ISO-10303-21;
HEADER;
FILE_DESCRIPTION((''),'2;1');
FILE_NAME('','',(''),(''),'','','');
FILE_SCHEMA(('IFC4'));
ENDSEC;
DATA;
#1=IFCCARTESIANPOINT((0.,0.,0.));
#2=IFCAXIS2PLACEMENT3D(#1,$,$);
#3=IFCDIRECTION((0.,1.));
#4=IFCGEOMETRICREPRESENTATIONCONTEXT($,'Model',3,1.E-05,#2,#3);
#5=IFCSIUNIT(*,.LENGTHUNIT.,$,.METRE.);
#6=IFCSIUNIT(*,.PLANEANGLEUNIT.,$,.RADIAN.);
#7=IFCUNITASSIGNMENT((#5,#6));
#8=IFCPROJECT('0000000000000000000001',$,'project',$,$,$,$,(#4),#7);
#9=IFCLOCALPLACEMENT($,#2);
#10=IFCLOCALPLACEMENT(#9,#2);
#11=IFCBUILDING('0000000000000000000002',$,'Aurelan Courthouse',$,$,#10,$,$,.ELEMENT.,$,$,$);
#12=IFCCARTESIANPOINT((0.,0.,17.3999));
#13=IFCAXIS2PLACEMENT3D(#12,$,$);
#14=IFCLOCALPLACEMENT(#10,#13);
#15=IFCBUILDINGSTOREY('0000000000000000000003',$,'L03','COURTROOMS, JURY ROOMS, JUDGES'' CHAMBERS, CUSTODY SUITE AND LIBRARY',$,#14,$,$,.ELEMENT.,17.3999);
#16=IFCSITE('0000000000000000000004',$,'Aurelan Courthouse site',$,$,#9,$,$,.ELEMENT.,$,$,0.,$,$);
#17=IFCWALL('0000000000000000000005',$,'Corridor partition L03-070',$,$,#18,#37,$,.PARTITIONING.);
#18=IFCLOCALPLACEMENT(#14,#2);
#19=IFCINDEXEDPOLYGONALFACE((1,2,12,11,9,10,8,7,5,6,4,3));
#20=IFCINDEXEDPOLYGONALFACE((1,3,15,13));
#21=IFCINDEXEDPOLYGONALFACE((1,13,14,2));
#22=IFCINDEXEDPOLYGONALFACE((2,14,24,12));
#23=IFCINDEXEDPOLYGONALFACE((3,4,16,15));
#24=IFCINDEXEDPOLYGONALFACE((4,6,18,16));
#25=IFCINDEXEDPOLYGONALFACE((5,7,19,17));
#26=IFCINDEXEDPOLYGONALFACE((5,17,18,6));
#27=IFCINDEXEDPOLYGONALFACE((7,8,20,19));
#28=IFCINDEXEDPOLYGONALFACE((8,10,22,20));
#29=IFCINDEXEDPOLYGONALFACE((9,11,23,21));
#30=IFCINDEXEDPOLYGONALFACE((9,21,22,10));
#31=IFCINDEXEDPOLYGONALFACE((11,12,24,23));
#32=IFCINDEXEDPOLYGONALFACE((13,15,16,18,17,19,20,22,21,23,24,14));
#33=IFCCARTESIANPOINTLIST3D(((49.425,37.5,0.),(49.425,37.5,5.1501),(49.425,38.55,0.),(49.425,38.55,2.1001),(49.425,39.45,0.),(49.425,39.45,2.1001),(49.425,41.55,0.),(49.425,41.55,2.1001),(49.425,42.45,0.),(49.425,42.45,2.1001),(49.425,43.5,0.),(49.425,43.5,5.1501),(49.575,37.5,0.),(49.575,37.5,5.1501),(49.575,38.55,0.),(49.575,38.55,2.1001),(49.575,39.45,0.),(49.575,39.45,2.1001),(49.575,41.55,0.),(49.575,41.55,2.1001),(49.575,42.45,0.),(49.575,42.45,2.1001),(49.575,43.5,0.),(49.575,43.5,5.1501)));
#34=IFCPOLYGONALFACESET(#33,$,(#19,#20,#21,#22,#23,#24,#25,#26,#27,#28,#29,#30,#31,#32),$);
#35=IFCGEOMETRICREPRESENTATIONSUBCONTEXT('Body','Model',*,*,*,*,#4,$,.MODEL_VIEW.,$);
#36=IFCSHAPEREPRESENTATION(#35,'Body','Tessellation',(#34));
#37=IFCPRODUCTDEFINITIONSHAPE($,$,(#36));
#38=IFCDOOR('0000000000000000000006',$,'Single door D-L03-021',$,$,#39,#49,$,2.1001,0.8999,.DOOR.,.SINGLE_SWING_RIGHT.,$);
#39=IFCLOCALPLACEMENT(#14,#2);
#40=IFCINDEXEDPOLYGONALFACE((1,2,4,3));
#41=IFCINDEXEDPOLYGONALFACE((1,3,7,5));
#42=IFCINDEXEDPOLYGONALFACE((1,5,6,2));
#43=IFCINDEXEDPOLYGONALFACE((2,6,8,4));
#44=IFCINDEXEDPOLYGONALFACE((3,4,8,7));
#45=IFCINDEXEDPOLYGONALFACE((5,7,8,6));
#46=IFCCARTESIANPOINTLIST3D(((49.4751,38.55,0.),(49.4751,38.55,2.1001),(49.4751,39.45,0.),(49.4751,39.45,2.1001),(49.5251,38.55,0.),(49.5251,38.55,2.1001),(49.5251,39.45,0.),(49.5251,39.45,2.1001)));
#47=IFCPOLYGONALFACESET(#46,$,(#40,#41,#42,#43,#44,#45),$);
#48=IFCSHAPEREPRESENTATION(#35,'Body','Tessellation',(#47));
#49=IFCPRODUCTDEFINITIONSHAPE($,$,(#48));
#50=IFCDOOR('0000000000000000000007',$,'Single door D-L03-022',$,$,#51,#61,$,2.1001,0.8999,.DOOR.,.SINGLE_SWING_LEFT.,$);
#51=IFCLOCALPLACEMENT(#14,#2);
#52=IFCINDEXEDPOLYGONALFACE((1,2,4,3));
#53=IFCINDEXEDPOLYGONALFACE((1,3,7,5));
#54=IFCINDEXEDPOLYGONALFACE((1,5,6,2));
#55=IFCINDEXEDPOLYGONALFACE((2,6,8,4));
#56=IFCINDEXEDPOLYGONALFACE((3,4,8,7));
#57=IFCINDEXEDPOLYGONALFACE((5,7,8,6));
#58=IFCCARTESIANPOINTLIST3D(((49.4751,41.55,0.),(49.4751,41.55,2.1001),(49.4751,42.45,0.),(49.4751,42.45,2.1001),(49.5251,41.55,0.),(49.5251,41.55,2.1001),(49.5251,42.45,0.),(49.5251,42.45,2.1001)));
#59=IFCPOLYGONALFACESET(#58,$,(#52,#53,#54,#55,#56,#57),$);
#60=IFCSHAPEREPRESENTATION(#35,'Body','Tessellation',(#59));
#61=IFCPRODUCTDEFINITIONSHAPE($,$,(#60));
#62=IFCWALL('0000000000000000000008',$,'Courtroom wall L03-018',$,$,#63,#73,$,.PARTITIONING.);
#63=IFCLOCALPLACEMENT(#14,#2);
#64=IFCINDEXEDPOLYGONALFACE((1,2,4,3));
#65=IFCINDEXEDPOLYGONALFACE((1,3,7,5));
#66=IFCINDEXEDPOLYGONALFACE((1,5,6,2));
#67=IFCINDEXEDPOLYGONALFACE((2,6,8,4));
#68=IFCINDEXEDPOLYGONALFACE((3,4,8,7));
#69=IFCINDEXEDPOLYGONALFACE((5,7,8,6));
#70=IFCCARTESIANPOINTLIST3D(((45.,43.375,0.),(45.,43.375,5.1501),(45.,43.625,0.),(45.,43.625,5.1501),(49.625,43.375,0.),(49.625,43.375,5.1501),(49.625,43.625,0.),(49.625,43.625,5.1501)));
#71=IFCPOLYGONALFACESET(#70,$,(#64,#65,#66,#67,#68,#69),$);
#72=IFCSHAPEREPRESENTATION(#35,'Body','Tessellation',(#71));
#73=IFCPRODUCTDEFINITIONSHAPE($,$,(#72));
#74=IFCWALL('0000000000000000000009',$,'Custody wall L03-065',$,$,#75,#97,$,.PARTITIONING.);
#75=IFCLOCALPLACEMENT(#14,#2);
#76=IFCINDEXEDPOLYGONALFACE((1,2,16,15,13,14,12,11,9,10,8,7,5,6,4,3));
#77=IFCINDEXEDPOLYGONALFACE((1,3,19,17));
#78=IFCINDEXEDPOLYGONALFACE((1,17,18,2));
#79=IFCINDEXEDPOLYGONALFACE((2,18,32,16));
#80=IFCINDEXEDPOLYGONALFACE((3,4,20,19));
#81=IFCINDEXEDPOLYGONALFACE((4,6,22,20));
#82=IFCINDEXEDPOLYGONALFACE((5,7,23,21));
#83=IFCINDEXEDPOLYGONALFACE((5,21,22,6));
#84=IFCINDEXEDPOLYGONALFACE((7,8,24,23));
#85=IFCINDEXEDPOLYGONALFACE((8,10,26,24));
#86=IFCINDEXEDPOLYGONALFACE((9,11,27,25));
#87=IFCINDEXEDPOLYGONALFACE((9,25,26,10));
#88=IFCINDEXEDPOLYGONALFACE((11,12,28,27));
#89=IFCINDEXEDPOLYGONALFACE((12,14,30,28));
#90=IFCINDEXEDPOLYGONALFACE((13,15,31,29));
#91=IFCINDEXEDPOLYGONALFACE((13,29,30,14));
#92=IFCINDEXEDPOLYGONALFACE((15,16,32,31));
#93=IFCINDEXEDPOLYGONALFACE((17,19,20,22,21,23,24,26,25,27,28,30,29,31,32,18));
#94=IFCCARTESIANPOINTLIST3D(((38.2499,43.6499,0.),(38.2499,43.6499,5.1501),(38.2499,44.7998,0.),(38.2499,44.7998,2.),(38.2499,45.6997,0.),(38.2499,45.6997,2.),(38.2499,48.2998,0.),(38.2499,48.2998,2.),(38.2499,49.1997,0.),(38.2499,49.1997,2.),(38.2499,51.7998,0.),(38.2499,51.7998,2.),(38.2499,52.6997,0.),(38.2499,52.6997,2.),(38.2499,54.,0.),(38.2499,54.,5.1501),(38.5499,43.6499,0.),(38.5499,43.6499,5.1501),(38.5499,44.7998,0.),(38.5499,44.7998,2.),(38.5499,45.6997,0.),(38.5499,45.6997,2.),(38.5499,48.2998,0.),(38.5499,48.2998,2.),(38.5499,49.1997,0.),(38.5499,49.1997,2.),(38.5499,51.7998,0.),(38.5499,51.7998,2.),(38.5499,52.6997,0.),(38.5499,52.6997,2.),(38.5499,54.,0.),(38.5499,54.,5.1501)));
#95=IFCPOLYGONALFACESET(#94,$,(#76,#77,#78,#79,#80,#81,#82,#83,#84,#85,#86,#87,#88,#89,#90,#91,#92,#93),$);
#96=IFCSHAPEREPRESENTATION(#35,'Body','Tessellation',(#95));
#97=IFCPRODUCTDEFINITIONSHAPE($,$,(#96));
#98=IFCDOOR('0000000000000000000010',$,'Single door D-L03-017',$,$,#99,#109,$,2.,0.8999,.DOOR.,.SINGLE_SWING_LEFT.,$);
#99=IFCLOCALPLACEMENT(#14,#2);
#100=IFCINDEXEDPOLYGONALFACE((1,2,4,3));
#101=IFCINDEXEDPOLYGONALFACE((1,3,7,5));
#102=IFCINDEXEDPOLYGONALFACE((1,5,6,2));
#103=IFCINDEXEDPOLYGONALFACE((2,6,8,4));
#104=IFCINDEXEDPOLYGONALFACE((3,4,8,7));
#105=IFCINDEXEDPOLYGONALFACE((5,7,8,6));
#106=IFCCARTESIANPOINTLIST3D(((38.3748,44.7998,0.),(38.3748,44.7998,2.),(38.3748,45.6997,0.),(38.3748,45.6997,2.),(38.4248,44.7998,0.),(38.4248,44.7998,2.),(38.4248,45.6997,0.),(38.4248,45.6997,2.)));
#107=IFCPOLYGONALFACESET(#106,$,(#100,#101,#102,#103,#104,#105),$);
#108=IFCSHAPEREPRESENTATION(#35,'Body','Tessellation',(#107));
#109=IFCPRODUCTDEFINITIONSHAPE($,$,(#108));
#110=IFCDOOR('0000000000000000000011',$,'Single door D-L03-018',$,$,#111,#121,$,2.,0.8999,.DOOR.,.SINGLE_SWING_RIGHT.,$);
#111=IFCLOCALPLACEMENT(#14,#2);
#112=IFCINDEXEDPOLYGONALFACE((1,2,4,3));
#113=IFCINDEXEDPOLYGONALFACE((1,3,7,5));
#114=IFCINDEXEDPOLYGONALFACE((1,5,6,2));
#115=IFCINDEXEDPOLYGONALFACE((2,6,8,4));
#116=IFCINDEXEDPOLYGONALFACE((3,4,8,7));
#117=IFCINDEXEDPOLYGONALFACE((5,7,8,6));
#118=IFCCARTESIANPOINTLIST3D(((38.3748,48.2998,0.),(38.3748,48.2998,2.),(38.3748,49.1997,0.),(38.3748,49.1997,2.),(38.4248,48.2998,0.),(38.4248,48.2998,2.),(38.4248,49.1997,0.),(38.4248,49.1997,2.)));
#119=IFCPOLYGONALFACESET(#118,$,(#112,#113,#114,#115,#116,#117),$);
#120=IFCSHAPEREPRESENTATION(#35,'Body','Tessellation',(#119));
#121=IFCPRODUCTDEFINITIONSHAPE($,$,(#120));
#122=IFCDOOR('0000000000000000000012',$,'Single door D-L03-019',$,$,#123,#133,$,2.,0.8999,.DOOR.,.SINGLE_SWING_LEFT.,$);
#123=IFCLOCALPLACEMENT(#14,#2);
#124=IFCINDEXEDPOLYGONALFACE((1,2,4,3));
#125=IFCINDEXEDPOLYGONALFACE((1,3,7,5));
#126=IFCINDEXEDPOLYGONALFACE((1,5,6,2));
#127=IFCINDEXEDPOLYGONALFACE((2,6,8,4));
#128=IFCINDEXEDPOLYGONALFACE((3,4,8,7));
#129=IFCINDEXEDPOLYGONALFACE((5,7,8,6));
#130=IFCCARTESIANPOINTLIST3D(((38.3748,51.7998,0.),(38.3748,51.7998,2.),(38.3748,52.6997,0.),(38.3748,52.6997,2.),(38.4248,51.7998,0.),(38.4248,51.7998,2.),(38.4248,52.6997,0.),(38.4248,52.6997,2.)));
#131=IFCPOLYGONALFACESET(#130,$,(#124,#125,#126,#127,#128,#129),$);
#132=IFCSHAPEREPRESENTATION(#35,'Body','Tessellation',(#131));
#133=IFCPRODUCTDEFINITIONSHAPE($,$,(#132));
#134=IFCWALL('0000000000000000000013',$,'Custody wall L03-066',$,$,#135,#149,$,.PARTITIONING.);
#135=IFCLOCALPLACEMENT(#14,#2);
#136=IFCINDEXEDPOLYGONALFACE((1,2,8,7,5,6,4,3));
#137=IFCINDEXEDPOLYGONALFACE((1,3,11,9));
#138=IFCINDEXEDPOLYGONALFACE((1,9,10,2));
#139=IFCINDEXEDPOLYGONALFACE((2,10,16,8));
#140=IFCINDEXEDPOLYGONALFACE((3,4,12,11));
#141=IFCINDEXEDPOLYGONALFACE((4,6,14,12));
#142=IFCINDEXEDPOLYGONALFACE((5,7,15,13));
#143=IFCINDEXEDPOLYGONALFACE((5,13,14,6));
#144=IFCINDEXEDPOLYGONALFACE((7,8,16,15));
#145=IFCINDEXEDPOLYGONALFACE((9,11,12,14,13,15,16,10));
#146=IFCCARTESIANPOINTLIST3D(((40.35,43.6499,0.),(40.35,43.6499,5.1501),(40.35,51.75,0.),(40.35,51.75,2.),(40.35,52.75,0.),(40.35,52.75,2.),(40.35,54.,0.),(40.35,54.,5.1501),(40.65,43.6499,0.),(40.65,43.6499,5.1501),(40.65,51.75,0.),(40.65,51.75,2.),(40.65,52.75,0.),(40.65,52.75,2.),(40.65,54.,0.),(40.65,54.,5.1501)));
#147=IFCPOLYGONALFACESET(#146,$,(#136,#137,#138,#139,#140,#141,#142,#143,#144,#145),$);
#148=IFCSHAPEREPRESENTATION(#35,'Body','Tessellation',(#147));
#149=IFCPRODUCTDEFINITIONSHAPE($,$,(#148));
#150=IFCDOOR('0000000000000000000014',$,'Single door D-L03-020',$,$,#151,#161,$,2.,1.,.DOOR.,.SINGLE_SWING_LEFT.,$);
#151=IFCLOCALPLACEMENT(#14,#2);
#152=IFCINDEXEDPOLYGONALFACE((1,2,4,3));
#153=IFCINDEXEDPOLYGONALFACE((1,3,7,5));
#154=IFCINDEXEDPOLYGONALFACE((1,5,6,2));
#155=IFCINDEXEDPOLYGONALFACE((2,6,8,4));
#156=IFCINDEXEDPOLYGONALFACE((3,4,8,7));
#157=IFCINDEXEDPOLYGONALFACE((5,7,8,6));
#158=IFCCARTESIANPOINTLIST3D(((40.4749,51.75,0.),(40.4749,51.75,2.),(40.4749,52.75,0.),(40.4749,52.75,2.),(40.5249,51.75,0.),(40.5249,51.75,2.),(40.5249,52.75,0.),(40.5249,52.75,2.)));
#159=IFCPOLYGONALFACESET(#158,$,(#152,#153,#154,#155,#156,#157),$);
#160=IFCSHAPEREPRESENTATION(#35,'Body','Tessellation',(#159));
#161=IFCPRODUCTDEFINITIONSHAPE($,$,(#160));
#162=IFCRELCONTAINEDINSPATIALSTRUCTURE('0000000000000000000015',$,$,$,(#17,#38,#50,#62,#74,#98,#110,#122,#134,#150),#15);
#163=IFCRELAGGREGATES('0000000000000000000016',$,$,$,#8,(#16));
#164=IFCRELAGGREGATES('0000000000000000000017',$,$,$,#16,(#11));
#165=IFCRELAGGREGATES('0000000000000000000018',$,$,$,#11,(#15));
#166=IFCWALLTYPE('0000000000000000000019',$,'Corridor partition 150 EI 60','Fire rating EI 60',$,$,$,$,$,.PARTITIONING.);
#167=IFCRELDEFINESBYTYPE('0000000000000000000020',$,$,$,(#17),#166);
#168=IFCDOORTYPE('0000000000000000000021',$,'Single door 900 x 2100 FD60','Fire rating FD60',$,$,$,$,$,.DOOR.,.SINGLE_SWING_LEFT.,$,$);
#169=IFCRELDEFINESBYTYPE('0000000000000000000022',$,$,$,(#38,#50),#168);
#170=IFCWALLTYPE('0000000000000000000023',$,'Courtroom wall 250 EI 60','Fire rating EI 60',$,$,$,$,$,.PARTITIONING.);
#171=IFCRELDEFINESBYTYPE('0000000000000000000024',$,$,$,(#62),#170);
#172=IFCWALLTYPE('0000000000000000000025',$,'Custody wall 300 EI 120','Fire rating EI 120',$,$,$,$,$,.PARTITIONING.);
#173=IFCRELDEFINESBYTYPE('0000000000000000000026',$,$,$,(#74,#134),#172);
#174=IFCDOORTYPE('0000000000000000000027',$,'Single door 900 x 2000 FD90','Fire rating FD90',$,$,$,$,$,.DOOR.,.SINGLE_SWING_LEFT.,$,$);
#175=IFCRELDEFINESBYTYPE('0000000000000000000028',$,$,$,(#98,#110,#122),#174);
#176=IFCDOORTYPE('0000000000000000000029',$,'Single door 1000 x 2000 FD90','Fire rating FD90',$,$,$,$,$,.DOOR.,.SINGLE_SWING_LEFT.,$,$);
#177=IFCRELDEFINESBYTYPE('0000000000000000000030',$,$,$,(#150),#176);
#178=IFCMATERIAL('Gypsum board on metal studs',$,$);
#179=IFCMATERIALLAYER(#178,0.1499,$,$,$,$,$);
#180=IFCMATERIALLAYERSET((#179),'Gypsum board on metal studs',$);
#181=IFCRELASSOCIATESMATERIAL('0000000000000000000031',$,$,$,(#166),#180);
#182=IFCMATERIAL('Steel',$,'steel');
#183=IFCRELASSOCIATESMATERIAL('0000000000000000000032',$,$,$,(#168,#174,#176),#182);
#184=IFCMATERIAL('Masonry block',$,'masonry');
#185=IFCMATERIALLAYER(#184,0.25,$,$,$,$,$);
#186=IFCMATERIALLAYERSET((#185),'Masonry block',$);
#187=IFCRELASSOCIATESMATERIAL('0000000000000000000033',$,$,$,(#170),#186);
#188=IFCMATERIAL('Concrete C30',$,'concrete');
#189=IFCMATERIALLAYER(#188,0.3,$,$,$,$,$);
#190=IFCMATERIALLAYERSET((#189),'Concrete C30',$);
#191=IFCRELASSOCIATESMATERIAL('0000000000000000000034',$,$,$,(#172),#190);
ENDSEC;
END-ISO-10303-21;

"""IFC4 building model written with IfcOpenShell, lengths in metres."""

from ifc_helpers import new_model, si_unit, direction, frame, frame_2d, origin, place, context, subcontext, project, spatial, rectangle, extrude, material, layer, layer_set, type_object, element, fill, save


model = new_model("IFC4")

# Units and contexts
model_context = context("Model", 3, precision=1e-05, world=origin(), true_north=direction((0.0, 1.0)))
body_context = subcontext(model_context, "Body", "Model", "MODEL_VIEW")
ifc_project = project(units=[si_unit("LENGTHUNIT", "METRE"), si_unit("PLANEANGLEUNIT", "RADIAN")], contexts=[model_context])

# Site, building, storey
site_placement = place(None, origin())
site = spatial("IfcSite", under=ifc_project, at=site_placement, Name="Aurelan Courthouse site", CompositionType="ELEMENT", RefElevation=0.0)
building_placement = place(site_placement, origin())
building = spatial("IfcBuilding", under=site, at=building_placement, Name="Aurelan Courthouse", CompositionType="ELEMENT")
storey_placement = place(building_placement, frame((0.0, 0.0, 17.3999)))
storey = spatial("IfcBuildingStorey", under=building, at=storey_placement, Name="L03", Description="COURTROOMS, JURY ROOMS, JUDGES' CHAMBERS, CUSTODY SUITE AND LIBRARY", CompositionType="ELEMENT", Elevation=17.3999)

# Shared definitions
ifc_material_1 = material(Name="Gypsum board on metal studs")
ifc_layer_1 = layer(ifc_material_1, 0.1499)
ifc_layer_set_1 = layer_set([ifc_layer_1], Name="Gypsum board on metal studs")
wall_type_1 = type_object("IfcWallType", Name="Corridor partition 150 EI 60", Description="Fire rating EI 60", PredefinedType="PARTITIONING", material=ifc_layer_set_1)

# Wall, openings, doors
wall_1_placement = place(storey_placement, frame((49.5, 37.5, 0.0), z_axis=(0.0, 0.0, 1.0), x_axis=(0.0, 1.0, 0.0)))
wall_1 = element("IfcWall", 1, at=wall_1_placement, inside=storey, type_object=wall_type_1, Name="Corridor partition L03-070", PredefinedType="PARTITIONING", context=body_context, shape_type="SweptSolid", body=[
    extrude(rectangle(XDim=6.0, YDim=0.1499, at=frame_2d((3.0, 0.0))), origin(), (0.0, 0.0, 1.0), 5.1501),
])
opening_1_placement = place(wall_1_placement, frame((1.05, 0.0, 0.0)))
opening_1 = element("IfcOpeningElement", 2, at=opening_1_placement, cuts=wall_1, PredefinedType="OPENING", context=body_context, shape_type="SweptSolid", body=[
    extrude(rectangle(XDim=0.8999, YDim=2.1001, at=frame_2d((0.45, 1.05))), frame((0.0, 0.085, 0.0), z_axis=(0.0, -1.0, 0.0), x_axis=(1.0, 0.0, 0.0)), (0.0, 0.0, 1.0), 0.1699),
])
opening_2_placement = place(wall_1_placement, frame((4.05, 0.0, 0.0)))
opening_2 = element("IfcOpeningElement", 3, at=opening_2_placement, cuts=wall_1, PredefinedType="OPENING", context=body_context, shape_type="SweptSolid", body=[
    extrude(rectangle(XDim=0.8999, YDim=2.1001, at=frame_2d((0.45, 1.05))), frame((0.0, 0.085, 0.0), z_axis=(0.0, -1.0, 0.0), x_axis=(1.0, 0.0, 0.0)), (0.0, 0.0, 1.0), 0.1699),
])
ifc_material_2 = material(Name="Steel", Category="steel")
door_type_1 = type_object("IfcDoorType", Name="Single door 900 x 2100 FD60", Description="Fire rating FD60", OperationType="SINGLE_SWING_LEFT", PredefinedType="DOOR", material=ifc_material_2)
door_1_placement = place(opening_1_placement, origin())
door_1 = element("IfcDoor", 4, at=door_1_placement, inside=storey, type_object=door_type_1, Name="Single door D-L03-021", OperationType="SINGLE_SWING_RIGHT", OverallHeight=2.1001, OverallWidth=0.8999, PredefinedType="DOOR", context=body_context, shape_type="SweptSolid", body=[
    extrude(rectangle(XDim=0.8999, YDim=2.1001, at=frame_2d((0.45, 1.05))), frame((0.0, 0.0249, 0.0), z_axis=(0.0, -1.0, 0.0), x_axis=(1.0, 0.0, 0.0)), (0.0, 0.0, 1.0), 0.05),
])
fill(opening_1, door_1)
door_2_placement = place(opening_2_placement, origin())
door_2 = element("IfcDoor", 5, at=door_2_placement, inside=storey, type_object=door_type_1, Name="Single door D-L03-022", OperationType="SINGLE_SWING_LEFT", OverallHeight=2.1001, OverallWidth=0.8999, PredefinedType="DOOR", context=body_context, shape_type="SweptSolid", body=[
    extrude(rectangle(XDim=0.8999, YDim=2.1001, at=frame_2d((0.45, 1.05))), frame((0.0, 0.0249, 0.0), z_axis=(0.0, -1.0, 0.0), x_axis=(1.0, 0.0, 0.0)), (0.0, 0.0, 1.0), 0.05),
])
fill(opening_2, door_2)

# Wall
ifc_material_3 = material(Name="Masonry block", Category="masonry")
ifc_layer_2 = layer(ifc_material_3, 0.25)
ifc_layer_set_2 = layer_set([ifc_layer_2], Name="Masonry block")
wall_type_2 = type_object("IfcWallType", Name="Courtroom wall 250 EI 60", Description="Fire rating EI 60", PredefinedType="PARTITIONING", material=ifc_layer_set_2)
wall_2_placement = place(storey_placement, frame((45.0, 43.5, 0.0), z_axis=(0.0, 0.0, 1.0), x_axis=(1.0, 0.0, 0.0)))
element("IfcWall", 6, at=wall_2_placement, inside=storey, type_object=wall_type_2, Name="Courtroom wall L03-018", PredefinedType="PARTITIONING", context=body_context, shape_type="SweptSolid", body=[
    extrude(rectangle(XDim=4.625, YDim=0.25, at=frame_2d((2.3125, 0.0))), origin(), (0.0, 0.0, 1.0), 5.1501),
])

# Wall, openings, doors
ifc_material_4 = material(Name="Concrete C30", Category="concrete")
ifc_layer_3 = layer(ifc_material_4, 0.3)
ifc_layer_set_3 = layer_set([ifc_layer_3], Name="Concrete C30")
wall_type_3 = type_object("IfcWallType", Name="Custody wall 300 EI 120", Description="Fire rating EI 120", PredefinedType="PARTITIONING", material=ifc_layer_set_3)
wall_3_placement = place(storey_placement, frame((38.3999, 43.6499, 0.0), z_axis=(0.0, 0.0, 1.0), x_axis=(0.0, 1.0, 0.0)))
wall_3 = element("IfcWall", 7, at=wall_3_placement, inside=storey, type_object=wall_type_3, Name="Custody wall L03-065", PredefinedType="PARTITIONING", context=body_context, shape_type="SweptSolid", body=[
    extrude(rectangle(XDim=10.3501, YDim=0.3, at=frame_2d((5.175, 0.0))), origin(), (0.0, 0.0, 1.0), 5.1501),
])
opening_3_placement = place(wall_3_placement, frame((2.0498, 0.0, 0.0), z_axis=(0.0, 0.0, 1.0), x_axis=(-1.0, 0.0, 0.0)))
opening_3 = element("IfcOpeningElement", 8, at=opening_3_placement, cuts=wall_3, PredefinedType="OPENING", context=body_context, shape_type="SweptSolid", body=[
    extrude(rectangle(XDim=0.8999, YDim=2.0, at=frame_2d((0.45, 1.0))), frame((0.0, 0.1599, 0.0), z_axis=(0.0, -1.0, 0.0), x_axis=(1.0, 0.0, 0.0)), (0.0, 0.0, 1.0), 0.3201),
])
opening_4_placement = place(wall_3_placement, frame((5.5498, 0.0, 0.0), z_axis=(0.0, 0.0, 1.0), x_axis=(-1.0, 0.0, 0.0)))
opening_4 = element("IfcOpeningElement", 9, at=opening_4_placement, cuts=wall_3, PredefinedType="OPENING", context=body_context, shape_type="SweptSolid", body=[
    extrude(rectangle(XDim=0.8999, YDim=2.0, at=frame_2d((0.45, 1.0))), frame((0.0, 0.1599, 0.0), z_axis=(0.0, -1.0, 0.0), x_axis=(1.0, 0.0, 0.0)), (0.0, 0.0, 1.0), 0.3201),
])
opening_5_placement = place(wall_3_placement, frame((9.0498, 0.0, 0.0), z_axis=(0.0, 0.0, 1.0), x_axis=(-1.0, 0.0, 0.0)))
opening_5 = element("IfcOpeningElement", 10, at=opening_5_placement, cuts=wall_3, PredefinedType="OPENING", context=body_context, shape_type="SweptSolid", body=[
    extrude(rectangle(XDim=0.8999, YDim=2.0, at=frame_2d((0.45, 1.0))), frame((0.0, 0.1599, 0.0), z_axis=(0.0, -1.0, 0.0), x_axis=(1.0, 0.0, 0.0)), (0.0, 0.0, 1.0), 0.3201),
])
door_type_2 = type_object("IfcDoorType", Name="Single door 900 x 2000 FD90", Description="Fire rating FD90", OperationType="SINGLE_SWING_LEFT", PredefinedType="DOOR", material=ifc_material_2)
door_3_placement = place(opening_3_placement, origin())
door_3 = element("IfcDoor", 11, at=door_3_placement, inside=storey, type_object=door_type_2, Name="Single door D-L03-017", OperationType="SINGLE_SWING_LEFT", OverallHeight=2.0, OverallWidth=0.8999, PredefinedType="DOOR", context=body_context, shape_type="SweptSolid", body=[
    extrude(rectangle(XDim=0.8999, YDim=2.0, at=frame_2d((0.45, 1.0))), frame((0.0, 0.0249, 0.0), z_axis=(0.0, -1.0, 0.0), x_axis=(1.0, 0.0, 0.0)), (0.0, 0.0, 1.0), 0.05),
])
fill(opening_3, door_3)
door_4_placement = place(opening_4_placement, origin())
door_4 = element("IfcDoor", 12, at=door_4_placement, inside=storey, type_object=door_type_2, Name="Single door D-L03-018", OperationType="SINGLE_SWING_RIGHT", OverallHeight=2.0, OverallWidth=0.8999, PredefinedType="DOOR", context=body_context, shape_type="SweptSolid", body=[
    extrude(rectangle(XDim=0.8999, YDim=2.0, at=frame_2d((0.45, 1.0))), frame((0.0, 0.0249, 0.0), z_axis=(0.0, -1.0, 0.0), x_axis=(1.0, 0.0, 0.0)), (0.0, 0.0, 1.0), 0.05),
])
fill(opening_4, door_4)
door_5_placement = place(opening_5_placement, origin())
door_5 = element("IfcDoor", 13, at=door_5_placement, inside=storey, type_object=door_type_2, Name="Single door D-L03-019", OperationType="SINGLE_SWING_LEFT", OverallHeight=2.0, OverallWidth=0.8999, PredefinedType="DOOR", context=body_context, shape_type="SweptSolid", body=[
    extrude(rectangle(XDim=0.8999, YDim=2.0, at=frame_2d((0.45, 1.0))), frame((0.0, 0.0249, 0.0), z_axis=(0.0, -1.0, 0.0), x_axis=(1.0, 0.0, 0.0)), (0.0, 0.0, 1.0), 0.05),
])
fill(opening_5, door_5)

# Wall, opening, door
wall_4_placement = place(storey_placement, frame((40.5, 43.6499, 0.0), z_axis=(0.0, 0.0, 1.0), x_axis=(0.0, 1.0, 0.0)))
wall_4 = element("IfcWall", 14, at=wall_4_placement, inside=storey, type_object=wall_type_3, Name="Custody wall L03-066", PredefinedType="PARTITIONING", context=body_context, shape_type="SweptSolid", body=[
    extrude(rectangle(XDim=10.3501, YDim=0.3, at=frame_2d((5.175, 0.0))), origin(), (0.0, 0.0, 1.0), 5.1501),
])
opening_6_placement = place(wall_4_placement, frame((9.1001, 0.0, 0.0), z_axis=(0.0, 0.0, 1.0), x_axis=(-1.0, 0.0, 0.0)))
opening_6 = element("IfcOpeningElement", 15, at=opening_6_placement, cuts=wall_4, PredefinedType="OPENING", context=body_context, shape_type="SweptSolid", body=[
    extrude(rectangle(XDim=1.0, YDim=2.0, at=frame_2d((0.5, 1.0))), frame((0.0, 0.1599, 0.0), z_axis=(0.0, -1.0, 0.0), x_axis=(1.0, 0.0, 0.0)), (0.0, 0.0, 1.0), 0.3201),
])
door_type_3 = type_object("IfcDoorType", Name="Single door 1000 x 2000 FD90", Description="Fire rating FD90", OperationType="SINGLE_SWING_LEFT", PredefinedType="DOOR", material=ifc_material_2)
door_6_placement = place(opening_6_placement, origin())
door_6 = element("IfcDoor", 16, at=door_6_placement, inside=storey, type_object=door_type_3, Name="Single door D-L03-020", OperationType="SINGLE_SWING_LEFT", OverallHeight=2.0, OverallWidth=1.0, PredefinedType="DOOR", context=body_context, shape_type="SweptSolid", body=[
    extrude(rectangle(XDim=1.0, YDim=2.0, at=frame_2d((0.5, 1.0))), frame((0.0, 0.0249, 0.0), z_axis=(0.0, -1.0, 0.0), x_axis=(1.0, 0.0, 0.0)), (0.0, 0.0, 1.0), 0.05),
])
fill(opening_6, door_6)

save(model, "model.ifc")
